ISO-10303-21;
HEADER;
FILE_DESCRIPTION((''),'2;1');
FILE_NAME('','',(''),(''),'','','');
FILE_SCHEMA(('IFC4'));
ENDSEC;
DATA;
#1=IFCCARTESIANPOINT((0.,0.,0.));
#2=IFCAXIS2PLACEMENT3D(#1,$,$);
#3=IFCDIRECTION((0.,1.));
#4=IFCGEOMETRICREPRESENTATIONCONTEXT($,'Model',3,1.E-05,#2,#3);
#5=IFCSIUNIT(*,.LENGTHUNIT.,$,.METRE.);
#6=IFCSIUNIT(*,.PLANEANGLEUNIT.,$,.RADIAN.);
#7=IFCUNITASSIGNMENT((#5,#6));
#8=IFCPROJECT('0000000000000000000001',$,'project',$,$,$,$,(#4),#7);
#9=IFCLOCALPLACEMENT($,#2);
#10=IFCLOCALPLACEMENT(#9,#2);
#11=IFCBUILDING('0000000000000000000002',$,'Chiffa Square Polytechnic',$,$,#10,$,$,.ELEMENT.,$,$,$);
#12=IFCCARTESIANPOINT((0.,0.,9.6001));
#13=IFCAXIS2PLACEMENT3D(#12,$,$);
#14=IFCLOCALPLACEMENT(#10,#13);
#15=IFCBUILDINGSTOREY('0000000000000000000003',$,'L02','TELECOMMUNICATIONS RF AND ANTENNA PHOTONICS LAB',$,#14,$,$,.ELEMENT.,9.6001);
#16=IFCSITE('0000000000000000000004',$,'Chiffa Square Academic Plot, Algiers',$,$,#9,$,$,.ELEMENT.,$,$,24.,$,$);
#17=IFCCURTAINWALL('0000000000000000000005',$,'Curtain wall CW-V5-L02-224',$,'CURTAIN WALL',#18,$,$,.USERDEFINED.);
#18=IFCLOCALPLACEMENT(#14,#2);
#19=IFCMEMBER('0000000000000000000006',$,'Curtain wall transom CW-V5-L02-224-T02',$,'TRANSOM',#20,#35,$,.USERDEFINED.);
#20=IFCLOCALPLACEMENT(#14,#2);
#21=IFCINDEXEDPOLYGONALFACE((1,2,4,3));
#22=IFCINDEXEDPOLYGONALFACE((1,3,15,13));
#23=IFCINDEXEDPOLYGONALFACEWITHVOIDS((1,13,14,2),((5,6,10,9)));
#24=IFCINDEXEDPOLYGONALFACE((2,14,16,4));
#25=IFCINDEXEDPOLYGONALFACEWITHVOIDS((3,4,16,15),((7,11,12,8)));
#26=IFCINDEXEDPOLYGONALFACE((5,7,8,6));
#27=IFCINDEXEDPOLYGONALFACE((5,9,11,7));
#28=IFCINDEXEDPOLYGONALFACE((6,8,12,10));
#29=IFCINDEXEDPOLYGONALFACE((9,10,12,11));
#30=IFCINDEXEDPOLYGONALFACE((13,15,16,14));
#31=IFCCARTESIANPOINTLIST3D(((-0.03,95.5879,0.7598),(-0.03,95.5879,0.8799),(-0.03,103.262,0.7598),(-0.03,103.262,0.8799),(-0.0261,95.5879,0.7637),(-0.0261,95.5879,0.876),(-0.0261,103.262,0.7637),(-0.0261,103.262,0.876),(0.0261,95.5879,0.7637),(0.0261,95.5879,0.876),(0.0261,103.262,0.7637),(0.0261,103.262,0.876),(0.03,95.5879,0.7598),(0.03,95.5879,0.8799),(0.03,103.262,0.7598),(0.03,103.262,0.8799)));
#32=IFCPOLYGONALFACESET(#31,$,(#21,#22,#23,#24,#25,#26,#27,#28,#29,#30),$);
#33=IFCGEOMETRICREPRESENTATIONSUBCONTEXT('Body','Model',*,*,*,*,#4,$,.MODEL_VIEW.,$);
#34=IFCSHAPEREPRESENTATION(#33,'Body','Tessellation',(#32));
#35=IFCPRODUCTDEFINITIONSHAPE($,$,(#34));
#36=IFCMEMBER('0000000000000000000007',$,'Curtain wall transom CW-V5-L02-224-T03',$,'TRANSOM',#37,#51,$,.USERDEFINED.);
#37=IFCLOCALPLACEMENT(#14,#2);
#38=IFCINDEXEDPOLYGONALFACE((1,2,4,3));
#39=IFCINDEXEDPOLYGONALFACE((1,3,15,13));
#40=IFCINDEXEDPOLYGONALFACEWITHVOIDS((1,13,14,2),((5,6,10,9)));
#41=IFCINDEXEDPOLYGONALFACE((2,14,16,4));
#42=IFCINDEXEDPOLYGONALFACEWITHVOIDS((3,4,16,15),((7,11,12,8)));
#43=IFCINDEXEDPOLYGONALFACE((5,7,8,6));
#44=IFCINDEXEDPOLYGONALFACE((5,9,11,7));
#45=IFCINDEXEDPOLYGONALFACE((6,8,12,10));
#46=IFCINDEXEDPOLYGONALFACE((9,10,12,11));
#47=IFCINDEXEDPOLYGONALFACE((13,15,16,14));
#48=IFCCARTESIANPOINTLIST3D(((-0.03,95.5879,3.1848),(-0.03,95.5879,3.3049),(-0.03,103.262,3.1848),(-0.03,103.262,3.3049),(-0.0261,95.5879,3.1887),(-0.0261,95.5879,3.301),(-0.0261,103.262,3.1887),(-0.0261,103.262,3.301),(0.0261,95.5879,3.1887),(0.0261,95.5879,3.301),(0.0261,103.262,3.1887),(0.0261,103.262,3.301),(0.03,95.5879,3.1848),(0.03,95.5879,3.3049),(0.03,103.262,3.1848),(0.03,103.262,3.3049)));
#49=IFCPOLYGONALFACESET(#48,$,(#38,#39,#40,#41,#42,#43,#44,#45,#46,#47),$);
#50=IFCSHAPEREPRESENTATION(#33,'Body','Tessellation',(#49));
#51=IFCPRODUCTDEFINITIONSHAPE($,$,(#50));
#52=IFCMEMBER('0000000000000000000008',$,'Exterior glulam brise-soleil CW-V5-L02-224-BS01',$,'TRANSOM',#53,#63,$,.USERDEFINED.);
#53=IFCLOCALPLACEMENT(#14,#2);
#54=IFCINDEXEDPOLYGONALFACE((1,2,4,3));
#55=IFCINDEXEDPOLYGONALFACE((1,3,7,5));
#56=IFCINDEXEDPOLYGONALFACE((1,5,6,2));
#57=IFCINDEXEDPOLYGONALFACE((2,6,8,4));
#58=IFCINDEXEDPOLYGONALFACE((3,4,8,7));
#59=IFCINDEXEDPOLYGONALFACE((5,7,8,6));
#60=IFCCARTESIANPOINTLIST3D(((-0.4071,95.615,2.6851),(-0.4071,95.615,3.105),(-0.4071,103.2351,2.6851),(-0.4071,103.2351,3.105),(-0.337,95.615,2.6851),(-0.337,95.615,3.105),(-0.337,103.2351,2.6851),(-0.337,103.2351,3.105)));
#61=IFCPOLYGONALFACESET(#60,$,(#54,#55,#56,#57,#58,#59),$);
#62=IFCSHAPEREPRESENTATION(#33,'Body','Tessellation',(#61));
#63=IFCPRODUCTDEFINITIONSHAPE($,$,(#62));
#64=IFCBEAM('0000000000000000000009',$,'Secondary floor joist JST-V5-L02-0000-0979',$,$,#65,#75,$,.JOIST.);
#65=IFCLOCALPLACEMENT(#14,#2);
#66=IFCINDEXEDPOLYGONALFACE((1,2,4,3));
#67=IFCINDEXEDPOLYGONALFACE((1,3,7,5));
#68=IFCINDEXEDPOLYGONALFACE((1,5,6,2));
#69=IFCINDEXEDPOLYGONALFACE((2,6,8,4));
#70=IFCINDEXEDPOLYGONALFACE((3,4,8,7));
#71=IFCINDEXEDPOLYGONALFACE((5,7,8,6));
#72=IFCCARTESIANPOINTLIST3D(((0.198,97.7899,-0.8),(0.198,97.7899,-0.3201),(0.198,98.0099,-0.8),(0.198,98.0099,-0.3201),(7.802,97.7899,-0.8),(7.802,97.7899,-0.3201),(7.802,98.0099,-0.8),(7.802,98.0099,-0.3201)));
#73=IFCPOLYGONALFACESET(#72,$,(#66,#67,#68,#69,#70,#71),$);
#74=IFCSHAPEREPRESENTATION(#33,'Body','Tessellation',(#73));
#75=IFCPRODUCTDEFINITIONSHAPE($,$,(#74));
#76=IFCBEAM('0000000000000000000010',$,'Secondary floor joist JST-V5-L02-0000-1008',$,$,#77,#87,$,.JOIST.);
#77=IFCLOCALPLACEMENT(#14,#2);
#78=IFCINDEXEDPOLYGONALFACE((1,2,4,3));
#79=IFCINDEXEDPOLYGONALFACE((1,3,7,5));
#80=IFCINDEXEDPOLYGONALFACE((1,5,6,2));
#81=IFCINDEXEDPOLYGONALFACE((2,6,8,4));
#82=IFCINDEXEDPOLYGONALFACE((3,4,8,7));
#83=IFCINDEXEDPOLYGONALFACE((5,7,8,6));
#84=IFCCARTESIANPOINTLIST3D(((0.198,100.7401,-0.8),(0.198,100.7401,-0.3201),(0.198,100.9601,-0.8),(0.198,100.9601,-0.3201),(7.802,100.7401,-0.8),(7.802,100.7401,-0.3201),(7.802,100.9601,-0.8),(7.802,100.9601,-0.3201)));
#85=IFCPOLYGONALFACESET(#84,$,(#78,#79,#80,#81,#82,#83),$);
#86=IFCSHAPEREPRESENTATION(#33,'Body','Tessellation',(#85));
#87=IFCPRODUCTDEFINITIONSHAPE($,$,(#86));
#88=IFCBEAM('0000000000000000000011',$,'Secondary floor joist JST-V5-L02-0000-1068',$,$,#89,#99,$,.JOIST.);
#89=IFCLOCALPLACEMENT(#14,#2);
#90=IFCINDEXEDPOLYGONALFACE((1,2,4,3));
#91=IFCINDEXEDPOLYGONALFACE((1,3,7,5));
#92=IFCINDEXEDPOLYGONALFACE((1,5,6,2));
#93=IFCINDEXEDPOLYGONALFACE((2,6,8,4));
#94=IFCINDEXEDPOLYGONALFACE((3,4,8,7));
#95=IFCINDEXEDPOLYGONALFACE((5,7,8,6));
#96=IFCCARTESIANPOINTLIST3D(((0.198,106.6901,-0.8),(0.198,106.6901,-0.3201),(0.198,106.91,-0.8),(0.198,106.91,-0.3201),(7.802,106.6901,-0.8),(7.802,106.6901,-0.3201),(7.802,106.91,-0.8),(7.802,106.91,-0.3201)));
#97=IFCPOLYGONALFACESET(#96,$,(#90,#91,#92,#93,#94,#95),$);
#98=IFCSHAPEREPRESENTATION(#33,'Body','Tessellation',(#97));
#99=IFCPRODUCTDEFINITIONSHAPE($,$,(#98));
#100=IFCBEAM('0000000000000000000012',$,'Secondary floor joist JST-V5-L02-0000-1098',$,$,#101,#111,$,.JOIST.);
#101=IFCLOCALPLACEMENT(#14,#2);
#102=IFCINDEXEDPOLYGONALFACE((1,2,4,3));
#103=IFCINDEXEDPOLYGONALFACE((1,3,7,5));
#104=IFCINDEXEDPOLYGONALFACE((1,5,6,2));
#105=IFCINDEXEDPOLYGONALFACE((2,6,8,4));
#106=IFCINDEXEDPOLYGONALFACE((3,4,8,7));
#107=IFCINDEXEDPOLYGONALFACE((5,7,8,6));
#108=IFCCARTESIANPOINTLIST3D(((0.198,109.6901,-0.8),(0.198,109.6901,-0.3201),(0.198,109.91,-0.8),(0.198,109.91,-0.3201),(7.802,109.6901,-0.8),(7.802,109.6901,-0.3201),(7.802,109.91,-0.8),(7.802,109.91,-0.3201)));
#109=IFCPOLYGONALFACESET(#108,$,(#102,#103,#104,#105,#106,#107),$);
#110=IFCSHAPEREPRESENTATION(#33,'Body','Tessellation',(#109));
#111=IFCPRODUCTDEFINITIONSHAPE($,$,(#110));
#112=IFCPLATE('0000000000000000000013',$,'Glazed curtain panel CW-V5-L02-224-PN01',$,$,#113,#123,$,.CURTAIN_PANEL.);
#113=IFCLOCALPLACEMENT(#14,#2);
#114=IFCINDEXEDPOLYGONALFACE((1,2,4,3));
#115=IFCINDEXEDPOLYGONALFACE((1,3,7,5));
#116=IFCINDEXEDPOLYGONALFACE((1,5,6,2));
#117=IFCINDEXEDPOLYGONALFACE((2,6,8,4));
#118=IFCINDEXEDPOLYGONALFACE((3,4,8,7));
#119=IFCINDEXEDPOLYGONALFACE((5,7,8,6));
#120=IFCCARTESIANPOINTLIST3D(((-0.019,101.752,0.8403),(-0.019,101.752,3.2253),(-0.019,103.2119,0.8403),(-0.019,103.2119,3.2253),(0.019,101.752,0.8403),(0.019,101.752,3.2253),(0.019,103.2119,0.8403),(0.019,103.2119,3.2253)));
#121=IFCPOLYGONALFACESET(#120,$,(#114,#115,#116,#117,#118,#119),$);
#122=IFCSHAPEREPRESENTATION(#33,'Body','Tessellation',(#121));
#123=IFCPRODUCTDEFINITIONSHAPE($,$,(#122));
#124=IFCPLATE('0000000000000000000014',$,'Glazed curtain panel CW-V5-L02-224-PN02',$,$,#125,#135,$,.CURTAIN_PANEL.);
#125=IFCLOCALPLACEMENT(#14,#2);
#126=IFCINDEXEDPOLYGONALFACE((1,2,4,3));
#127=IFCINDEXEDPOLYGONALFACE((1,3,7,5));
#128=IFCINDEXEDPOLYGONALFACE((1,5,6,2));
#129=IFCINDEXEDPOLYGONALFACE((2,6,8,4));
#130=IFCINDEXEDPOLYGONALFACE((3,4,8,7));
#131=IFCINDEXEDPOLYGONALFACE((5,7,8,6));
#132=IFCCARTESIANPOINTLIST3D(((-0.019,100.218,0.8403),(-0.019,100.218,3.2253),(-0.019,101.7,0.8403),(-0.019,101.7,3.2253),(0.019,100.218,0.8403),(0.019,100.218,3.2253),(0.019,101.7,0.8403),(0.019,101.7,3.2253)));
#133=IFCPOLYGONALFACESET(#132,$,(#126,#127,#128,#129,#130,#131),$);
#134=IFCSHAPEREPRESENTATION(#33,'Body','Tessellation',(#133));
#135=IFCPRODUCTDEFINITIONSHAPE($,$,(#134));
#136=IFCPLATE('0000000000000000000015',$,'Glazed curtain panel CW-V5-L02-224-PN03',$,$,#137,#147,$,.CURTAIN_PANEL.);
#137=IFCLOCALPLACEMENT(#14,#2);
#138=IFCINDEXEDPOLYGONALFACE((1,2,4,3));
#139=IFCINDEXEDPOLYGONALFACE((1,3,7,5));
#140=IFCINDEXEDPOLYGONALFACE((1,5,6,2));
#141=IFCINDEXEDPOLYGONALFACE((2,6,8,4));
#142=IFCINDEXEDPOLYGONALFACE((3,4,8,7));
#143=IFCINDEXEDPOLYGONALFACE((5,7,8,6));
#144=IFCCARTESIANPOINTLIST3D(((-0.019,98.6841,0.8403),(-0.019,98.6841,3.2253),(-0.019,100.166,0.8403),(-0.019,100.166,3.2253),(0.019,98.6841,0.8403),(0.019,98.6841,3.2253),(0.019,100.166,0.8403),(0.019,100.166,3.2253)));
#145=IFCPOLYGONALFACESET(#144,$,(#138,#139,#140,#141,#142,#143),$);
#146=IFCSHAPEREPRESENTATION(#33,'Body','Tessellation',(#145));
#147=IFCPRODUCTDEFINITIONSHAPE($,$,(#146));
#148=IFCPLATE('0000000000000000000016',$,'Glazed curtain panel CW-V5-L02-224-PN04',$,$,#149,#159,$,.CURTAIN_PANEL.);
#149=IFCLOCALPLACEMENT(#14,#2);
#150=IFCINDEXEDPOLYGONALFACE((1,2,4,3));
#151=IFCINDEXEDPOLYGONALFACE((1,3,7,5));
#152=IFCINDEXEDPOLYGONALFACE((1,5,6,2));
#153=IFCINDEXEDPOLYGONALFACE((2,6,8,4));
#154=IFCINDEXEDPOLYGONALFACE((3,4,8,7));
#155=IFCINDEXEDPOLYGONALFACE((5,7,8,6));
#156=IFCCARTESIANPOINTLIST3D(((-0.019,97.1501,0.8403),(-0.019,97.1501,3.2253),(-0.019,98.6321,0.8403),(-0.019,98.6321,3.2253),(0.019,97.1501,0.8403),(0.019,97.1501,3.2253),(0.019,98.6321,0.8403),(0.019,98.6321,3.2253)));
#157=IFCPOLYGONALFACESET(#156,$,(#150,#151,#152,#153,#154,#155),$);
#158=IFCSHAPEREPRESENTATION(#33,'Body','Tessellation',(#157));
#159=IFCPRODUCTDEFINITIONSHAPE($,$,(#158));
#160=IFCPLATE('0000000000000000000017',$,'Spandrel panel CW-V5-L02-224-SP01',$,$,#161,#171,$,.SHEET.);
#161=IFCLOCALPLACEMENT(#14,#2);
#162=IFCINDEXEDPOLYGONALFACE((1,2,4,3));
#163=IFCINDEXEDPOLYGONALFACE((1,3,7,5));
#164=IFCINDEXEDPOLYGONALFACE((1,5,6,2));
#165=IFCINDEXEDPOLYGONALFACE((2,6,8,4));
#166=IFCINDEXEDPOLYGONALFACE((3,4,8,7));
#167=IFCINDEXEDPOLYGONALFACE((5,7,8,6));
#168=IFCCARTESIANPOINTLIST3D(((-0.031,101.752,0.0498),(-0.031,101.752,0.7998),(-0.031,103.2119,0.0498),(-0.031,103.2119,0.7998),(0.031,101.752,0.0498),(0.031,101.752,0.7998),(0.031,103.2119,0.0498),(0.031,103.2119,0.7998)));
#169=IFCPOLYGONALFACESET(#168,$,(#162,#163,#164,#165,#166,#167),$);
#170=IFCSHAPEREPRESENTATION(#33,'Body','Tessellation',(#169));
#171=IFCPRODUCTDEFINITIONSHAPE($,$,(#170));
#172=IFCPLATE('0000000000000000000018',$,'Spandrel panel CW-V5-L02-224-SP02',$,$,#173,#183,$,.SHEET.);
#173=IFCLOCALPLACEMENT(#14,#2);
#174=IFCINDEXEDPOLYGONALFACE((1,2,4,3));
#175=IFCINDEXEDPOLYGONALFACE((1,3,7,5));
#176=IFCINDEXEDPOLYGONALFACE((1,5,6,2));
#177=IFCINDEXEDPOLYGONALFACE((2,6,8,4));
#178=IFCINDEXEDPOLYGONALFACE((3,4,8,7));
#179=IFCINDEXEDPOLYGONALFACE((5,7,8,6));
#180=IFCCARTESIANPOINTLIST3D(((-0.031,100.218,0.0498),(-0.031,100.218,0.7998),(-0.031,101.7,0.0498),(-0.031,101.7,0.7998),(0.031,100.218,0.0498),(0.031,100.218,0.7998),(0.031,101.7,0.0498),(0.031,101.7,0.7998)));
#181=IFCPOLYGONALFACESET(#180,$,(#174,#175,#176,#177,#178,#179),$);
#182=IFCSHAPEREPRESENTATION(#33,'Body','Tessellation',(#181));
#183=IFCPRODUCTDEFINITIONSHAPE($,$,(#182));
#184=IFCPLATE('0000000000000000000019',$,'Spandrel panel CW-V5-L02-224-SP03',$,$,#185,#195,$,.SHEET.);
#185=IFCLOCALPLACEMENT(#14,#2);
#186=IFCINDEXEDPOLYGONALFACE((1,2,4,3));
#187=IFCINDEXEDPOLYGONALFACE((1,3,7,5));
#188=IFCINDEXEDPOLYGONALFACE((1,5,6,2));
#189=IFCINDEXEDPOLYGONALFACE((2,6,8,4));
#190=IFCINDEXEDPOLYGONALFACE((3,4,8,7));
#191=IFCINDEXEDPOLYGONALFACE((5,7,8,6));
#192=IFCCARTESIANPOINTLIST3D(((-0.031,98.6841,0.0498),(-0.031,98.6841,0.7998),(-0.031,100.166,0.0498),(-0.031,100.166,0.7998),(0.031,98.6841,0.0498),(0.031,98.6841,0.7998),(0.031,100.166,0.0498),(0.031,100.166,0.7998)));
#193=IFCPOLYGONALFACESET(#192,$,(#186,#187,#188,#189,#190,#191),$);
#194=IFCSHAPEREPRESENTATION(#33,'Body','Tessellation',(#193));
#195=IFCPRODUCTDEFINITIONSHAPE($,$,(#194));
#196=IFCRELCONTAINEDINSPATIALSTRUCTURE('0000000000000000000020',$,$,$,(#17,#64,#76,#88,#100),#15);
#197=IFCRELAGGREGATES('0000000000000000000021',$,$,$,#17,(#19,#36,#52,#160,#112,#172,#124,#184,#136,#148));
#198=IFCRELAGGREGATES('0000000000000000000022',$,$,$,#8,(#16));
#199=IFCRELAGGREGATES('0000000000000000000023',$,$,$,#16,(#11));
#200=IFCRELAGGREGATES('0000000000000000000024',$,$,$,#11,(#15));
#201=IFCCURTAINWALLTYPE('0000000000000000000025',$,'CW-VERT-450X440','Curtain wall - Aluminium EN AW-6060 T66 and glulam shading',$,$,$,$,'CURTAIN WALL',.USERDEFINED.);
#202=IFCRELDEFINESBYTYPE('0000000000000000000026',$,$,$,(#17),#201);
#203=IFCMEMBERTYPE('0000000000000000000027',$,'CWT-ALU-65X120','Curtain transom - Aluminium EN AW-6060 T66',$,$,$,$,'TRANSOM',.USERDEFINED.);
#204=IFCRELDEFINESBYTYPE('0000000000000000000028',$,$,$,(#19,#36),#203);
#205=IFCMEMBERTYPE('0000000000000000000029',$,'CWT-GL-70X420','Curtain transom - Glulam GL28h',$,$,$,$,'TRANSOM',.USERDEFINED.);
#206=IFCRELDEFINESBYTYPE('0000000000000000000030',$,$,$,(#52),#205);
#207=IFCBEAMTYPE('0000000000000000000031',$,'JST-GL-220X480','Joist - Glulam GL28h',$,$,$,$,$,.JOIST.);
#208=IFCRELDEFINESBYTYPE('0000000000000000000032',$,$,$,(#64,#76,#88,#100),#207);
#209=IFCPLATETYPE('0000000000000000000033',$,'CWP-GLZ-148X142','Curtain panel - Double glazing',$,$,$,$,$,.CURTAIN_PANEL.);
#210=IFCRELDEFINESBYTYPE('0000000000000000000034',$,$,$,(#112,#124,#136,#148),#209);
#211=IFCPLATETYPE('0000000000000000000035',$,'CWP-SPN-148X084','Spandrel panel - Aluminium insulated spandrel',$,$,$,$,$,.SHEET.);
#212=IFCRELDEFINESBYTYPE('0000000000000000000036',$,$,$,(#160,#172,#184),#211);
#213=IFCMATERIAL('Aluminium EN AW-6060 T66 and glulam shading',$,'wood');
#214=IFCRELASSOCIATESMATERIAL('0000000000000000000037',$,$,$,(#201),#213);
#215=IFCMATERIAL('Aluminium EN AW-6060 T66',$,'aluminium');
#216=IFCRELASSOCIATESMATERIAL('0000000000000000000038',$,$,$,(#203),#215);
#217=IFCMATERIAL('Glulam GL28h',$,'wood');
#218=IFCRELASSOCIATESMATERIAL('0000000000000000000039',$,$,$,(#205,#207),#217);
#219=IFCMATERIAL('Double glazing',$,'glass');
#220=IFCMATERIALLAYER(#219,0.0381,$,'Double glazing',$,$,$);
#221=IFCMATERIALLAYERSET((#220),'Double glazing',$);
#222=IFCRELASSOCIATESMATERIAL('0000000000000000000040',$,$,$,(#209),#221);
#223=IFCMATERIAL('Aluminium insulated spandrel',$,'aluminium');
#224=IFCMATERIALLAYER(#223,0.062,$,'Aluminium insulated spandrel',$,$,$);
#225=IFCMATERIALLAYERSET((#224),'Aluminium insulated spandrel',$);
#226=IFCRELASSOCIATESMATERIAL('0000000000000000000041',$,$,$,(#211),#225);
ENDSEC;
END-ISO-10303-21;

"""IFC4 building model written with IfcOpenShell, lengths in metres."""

from ifc_helpers import new_model, si_unit, direction, frame, origin, origin_2d, place, context, subcontext, project, spatial, rectangle, hollow_rectangle, extrude, material, layer, layer_set, material_profile, profile_set, type_object, element, aggregate, save


model = new_model("IFC4")

# Units and contexts
model_context = context("Model", 3, precision=1e-05, world=origin(), true_north=direction((0.0, 1.0)))
body_context = subcontext(model_context, "Body", "Model", "MODEL_VIEW")
ifc_project = project(units=[si_unit("LENGTHUNIT", "METRE"), si_unit("PLANEANGLEUNIT", "RADIAN")], contexts=[model_context])

# Site, building, storey
site_placement = place(None, origin())
site = spatial("IfcSite", under=ifc_project, at=site_placement, Name="Chiffa Square Academic Plot, Algiers", CompositionType="ELEMENT", RefElevation=24.0)
building_placement = place(site_placement, origin())
building = spatial("IfcBuilding", under=site, at=building_placement, Name="Chiffa Square Polytechnic", CompositionType="ELEMENT")
storey_placement = place(building_placement, frame((0.0, 0.0, 9.6001)))
storey = spatial("IfcBuildingStorey", under=building, at=storey_placement, Name="L02", Description="TELECOMMUNICATIONS RF AND ANTENNA PHOTONICS LAB", CompositionType="ELEMENT", Elevation=9.6001)

# Curtain wall, members
ifc_material_1 = material(Name="Aluminium EN AW-6060 T66 and glulam shading", Category="wood")
curtain_wall_type = type_object("IfcCurtainWallType", Name="CW-VERT-450X440", Description="Curtain wall - Aluminium EN AW-6060 T66 and glulam shading", ElementType="CURTAIN WALL", PredefinedType="USERDEFINED", material=ifc_material_1)
curtain_wall_placement = place(storey_placement, origin())
curtain_wall = element("IfcCurtainWall", 1, at=curtain_wall_placement, inside=storey, type_object=curtain_wall_type, Name="Curtain wall CW-V5-L02-224", ObjectType="CURTAIN WALL", PredefinedType="USERDEFINED")
ifc_material_2 = material(Name="Aluminium EN AW-6060 T66", Category="aluminium")
ifc_material_3 = material(Name="Glulam GL28h", Category="wood")
ifc_material_profile_1 = material_profile(ifc_material_2, hollow_rectangle(XDim=0.0601, YDim=0.1201, WallThickness=0.0039, at=origin_2d()), Name="ALU 60x120x4")
ifc_profile_set_1 = profile_set([ifc_material_profile_1], Name="Aluminium EN AW-6060 T66")
member_type_1 = type_object("IfcMemberType", Name="CWT-ALU-65X120", Description="Curtain transom - Aluminium EN AW-6060 T66", ElementType="TRANSOM", PredefinedType="USERDEFINED", material=ifc_profile_set_1)
member_1_placement = place(storey_placement, frame((0.0, 103.262, 0.8198), z_axis=(0.0, -1.0, 0.0), x_axis=(1.0, 0.0, 0.0)))
member_1 = element("IfcMember", 2, at=member_1_placement, type_object=member_type_1, Name="Curtain wall transom CW-V5-L02-224-T02", ObjectType="TRANSOM", PredefinedType="USERDEFINED", context=body_context, shape_type="SweptSolid", body=[
    extrude(hollow_rectangle(XDim=0.0601, YDim=0.1201, WallThickness=0.0039, at=origin_2d()), origin(), (0.0, 0.0, 1.0), 7.6741),
])
member_2_placement = place(storey_placement, frame((0.0, 103.262, 3.2449), z_axis=(0.0, -1.0, 0.0), x_axis=(1.0, 0.0, 0.0)))
member_2 = element("IfcMember", 3, at=member_2_placement, type_object=member_type_1, Name="Curtain wall transom CW-V5-L02-224-T03", ObjectType="TRANSOM", PredefinedType="USERDEFINED", context=body_context, shape_type="SweptSolid", body=[
    extrude(hollow_rectangle(XDim=0.0601, YDim=0.1201, WallThickness=0.0039, at=origin_2d()), origin(), (0.0, 0.0, 1.0), 7.6741),
])
ifc_material_profile_2 = material_profile(ifc_material_3, rectangle(XDim=0.0701, YDim=0.4199, at=origin_2d()), Name="GL28h 70x420")
ifc_profile_set_2 = profile_set([ifc_material_profile_2], Name="Glulam GL28h")
member_type_2 = type_object("IfcMemberType", Name="CWT-GL-70X420", Description="Curtain transom - Glulam GL28h", ElementType="TRANSOM", PredefinedType="USERDEFINED", material=ifc_profile_set_2)
member_3_placement = place(storey_placement, frame((-0.3721, 103.2351, 2.895), z_axis=(0.0, -1.0, 0.0), x_axis=(1.0, 0.0, 0.0)))
member_3 = element("IfcMember", 4, at=member_3_placement, type_object=member_type_2, Name="Exterior glulam brise-soleil CW-V5-L02-224-BS01", ObjectType="TRANSOM", PredefinedType="USERDEFINED", context=body_context, shape_type="SweptSolid", body=[
    extrude(rectangle(XDim=0.0701, YDim=0.4199, at=origin_2d()), origin(), (0.0, 0.0, 1.0), 7.6201),
])

# Beams
ifc_material_profile_3 = material_profile(ifc_material_3, rectangle(XDim=0.22, YDim=0.48, at=origin_2d()), Name="GL28h 220x480")
ifc_profile_set_3 = profile_set([ifc_material_profile_3], Name="Glulam GL28h")
beam_type_1 = type_object("IfcBeamType", Name="JST-GL-220X480", Description="Joist - Glulam GL28h", PredefinedType="JOIST", material=ifc_profile_set_3)
for number, where, z_axis, x_axis, name in (
    (5, (0.198, 97.8999, -0.5601), (1.0, 0.0, 0.0), (0.0, 1.0, 0.0), "Secondary floor joist JST-V5-L02-0000-0979"),
    (6, (0.198, 100.8501, -0.5601), (1.0, 0.0, 0.0), (0.0, 1.0, 0.0), "Secondary floor joist JST-V5-L02-0000-1008"),
    (7, (0.198, 106.8, -0.5601), (1.0, 0.0, 0.0), (0.0, 1.0, 0.0), "Secondary floor joist JST-V5-L02-0000-1068"),
    (8, (0.198, 109.8, -0.5601), (1.0, 0.0, 0.0), (0.0, 1.0, 0.0), "Secondary floor joist JST-V5-L02-0000-1098"),
):
    element("IfcBeam", number, at=place(storey_placement, frame(where, z_axis=z_axis, x_axis=x_axis)), inside=storey, type_object=beam_type_1, Name=name, PredefinedType="JOIST", context=body_context, shape_type="SweptSolid", body=[
        extrude(rectangle(XDim=0.22, YDim=0.48, at=origin_2d()), origin(), (0.0, 0.0, 1.0), 7.604),
    ])

# Plates
ifc_material_4 = material(Name="Double glazing", Category="glass")
ifc_layer_1 = layer(ifc_material_4, 0.0381, Name="Double glazing")
ifc_layer_set_1 = layer_set([ifc_layer_1], Name="Double glazing")
plate_type_1 = type_object("IfcPlateType", Name="CWP-GLZ-148X142", Description="Curtain panel - Double glazing", PredefinedType="CURTAIN_PANEL", material=ifc_layer_set_1)
plate_1_placement = place(storey_placement, frame((0.0, 102.4819, 0.8403), z_axis=(0.0, 0.0, 1.0), x_axis=(0.0, -1.0, 0.0)))
plate_1 = element("IfcPlate", 9, at=plate_1_placement, type_object=plate_type_1, Name="Glazed curtain panel CW-V5-L02-224-PN01", PredefinedType="CURTAIN_PANEL", context=body_context, shape_type="SweptSolid", body=[
    extrude(rectangle(XDim=1.46, YDim=0.0381, at=origin_2d()), origin(), (0.0, 0.0, 1.0), 2.385),
])
plate_2_placement = place(storey_placement, frame((0.0, 100.959, 0.8403), z_axis=(0.0, 0.0, 1.0), x_axis=(0.0, -1.0, 0.0)))
plate_2 = element("IfcPlate", 10, at=plate_2_placement, type_object=plate_type_1, Name="Glazed curtain panel CW-V5-L02-224-PN02", PredefinedType="CURTAIN_PANEL", context=body_context, shape_type="SweptSolid", body=[
    extrude(rectangle(XDim=1.4819, YDim=0.0381, at=origin_2d()), origin(), (0.0, 0.0, 1.0), 2.385),
])
plate_3_placement = place(storey_placement, frame((0.0, 99.425, 0.8403), z_axis=(0.0, 0.0, 1.0), x_axis=(0.0, -1.0, 0.0)))
plate_3 = element("IfcPlate", 11, at=plate_3_placement, type_object=plate_type_1, Name="Glazed curtain panel CW-V5-L02-224-PN03", PredefinedType="CURTAIN_PANEL", context=body_context, shape_type="SweptSolid", body=[
    extrude(rectangle(XDim=1.4819, YDim=0.0381, at=origin_2d()), origin(), (0.0, 0.0, 1.0), 2.385),
])
plate_4_placement = place(storey_placement, frame((0.0, 97.8911, 0.8403), z_axis=(0.0, 0.0, 1.0), x_axis=(0.0, -1.0, 0.0)))
plate_4 = element("IfcPlate", 12, at=plate_4_placement, type_object=plate_type_1, Name="Glazed curtain panel CW-V5-L02-224-PN04", PredefinedType="CURTAIN_PANEL", context=body_context, shape_type="SweptSolid", body=[
    extrude(rectangle(XDim=1.4819, YDim=0.0381, at=origin_2d()), origin(), (0.0, 0.0, 1.0), 2.385),
])
ifc_material_5 = material(Name="Aluminium insulated spandrel", Category="aluminium")
ifc_layer_2 = layer(ifc_material_5, 0.062, Name="Aluminium insulated spandrel")
ifc_layer_set_2 = layer_set([ifc_layer_2], Name="Aluminium insulated spandrel")
plate_type_2 = type_object("IfcPlateType", Name="CWP-SPN-148X084", Description="Spandrel panel - Aluminium insulated spandrel", PredefinedType="SHEET", material=ifc_layer_set_2)
plate_5_placement = place(storey_placement, frame((0.0, 102.4819, 0.0498), z_axis=(0.0, 0.0, 1.0), x_axis=(0.0, -1.0, 0.0)))
plate_5 = element("IfcPlate", 13, at=plate_5_placement, type_object=plate_type_2, Name="Spandrel panel CW-V5-L02-224-SP01", PredefinedType="SHEET", context=body_context, shape_type="SweptSolid", body=[
    extrude(rectangle(XDim=1.46, YDim=0.062, at=origin_2d()), origin(), (0.0, 0.0, 1.0), 0.75),
])
plate_6_placement = place(storey_placement, frame((0.0, 100.959, 0.0498), z_axis=(0.0, 0.0, 1.0), x_axis=(0.0, -1.0, 0.0)))
plate_6 = element("IfcPlate", 14, at=plate_6_placement, type_object=plate_type_2, Name="Spandrel panel CW-V5-L02-224-SP02", PredefinedType="SHEET", context=body_context, shape_type="SweptSolid", body=[
    extrude(rectangle(XDim=1.4819, YDim=0.062, at=origin_2d()), origin(), (0.0, 0.0, 1.0), 0.75),
])
plate_7_placement = place(storey_placement, frame((0.0, 99.425, 0.0498), z_axis=(0.0, 0.0, 1.0), x_axis=(0.0, -1.0, 0.0)))
plate_7 = element("IfcPlate", 15, at=plate_7_placement, type_object=plate_type_2, Name="Spandrel panel CW-V5-L02-224-SP03", PredefinedType="SHEET", context=body_context, shape_type="SweptSolid", body=[
    extrude(rectangle(XDim=1.4819, YDim=0.062, at=origin_2d()), origin(), (0.0, 0.0, 1.0), 0.75),
])
aggregate(curtain_wall, [member_1, member_2, member_3, plate_5, plate_1, plate_6, plate_2, plate_7, plate_3, plate_4])

save(model, "model.ifc")
